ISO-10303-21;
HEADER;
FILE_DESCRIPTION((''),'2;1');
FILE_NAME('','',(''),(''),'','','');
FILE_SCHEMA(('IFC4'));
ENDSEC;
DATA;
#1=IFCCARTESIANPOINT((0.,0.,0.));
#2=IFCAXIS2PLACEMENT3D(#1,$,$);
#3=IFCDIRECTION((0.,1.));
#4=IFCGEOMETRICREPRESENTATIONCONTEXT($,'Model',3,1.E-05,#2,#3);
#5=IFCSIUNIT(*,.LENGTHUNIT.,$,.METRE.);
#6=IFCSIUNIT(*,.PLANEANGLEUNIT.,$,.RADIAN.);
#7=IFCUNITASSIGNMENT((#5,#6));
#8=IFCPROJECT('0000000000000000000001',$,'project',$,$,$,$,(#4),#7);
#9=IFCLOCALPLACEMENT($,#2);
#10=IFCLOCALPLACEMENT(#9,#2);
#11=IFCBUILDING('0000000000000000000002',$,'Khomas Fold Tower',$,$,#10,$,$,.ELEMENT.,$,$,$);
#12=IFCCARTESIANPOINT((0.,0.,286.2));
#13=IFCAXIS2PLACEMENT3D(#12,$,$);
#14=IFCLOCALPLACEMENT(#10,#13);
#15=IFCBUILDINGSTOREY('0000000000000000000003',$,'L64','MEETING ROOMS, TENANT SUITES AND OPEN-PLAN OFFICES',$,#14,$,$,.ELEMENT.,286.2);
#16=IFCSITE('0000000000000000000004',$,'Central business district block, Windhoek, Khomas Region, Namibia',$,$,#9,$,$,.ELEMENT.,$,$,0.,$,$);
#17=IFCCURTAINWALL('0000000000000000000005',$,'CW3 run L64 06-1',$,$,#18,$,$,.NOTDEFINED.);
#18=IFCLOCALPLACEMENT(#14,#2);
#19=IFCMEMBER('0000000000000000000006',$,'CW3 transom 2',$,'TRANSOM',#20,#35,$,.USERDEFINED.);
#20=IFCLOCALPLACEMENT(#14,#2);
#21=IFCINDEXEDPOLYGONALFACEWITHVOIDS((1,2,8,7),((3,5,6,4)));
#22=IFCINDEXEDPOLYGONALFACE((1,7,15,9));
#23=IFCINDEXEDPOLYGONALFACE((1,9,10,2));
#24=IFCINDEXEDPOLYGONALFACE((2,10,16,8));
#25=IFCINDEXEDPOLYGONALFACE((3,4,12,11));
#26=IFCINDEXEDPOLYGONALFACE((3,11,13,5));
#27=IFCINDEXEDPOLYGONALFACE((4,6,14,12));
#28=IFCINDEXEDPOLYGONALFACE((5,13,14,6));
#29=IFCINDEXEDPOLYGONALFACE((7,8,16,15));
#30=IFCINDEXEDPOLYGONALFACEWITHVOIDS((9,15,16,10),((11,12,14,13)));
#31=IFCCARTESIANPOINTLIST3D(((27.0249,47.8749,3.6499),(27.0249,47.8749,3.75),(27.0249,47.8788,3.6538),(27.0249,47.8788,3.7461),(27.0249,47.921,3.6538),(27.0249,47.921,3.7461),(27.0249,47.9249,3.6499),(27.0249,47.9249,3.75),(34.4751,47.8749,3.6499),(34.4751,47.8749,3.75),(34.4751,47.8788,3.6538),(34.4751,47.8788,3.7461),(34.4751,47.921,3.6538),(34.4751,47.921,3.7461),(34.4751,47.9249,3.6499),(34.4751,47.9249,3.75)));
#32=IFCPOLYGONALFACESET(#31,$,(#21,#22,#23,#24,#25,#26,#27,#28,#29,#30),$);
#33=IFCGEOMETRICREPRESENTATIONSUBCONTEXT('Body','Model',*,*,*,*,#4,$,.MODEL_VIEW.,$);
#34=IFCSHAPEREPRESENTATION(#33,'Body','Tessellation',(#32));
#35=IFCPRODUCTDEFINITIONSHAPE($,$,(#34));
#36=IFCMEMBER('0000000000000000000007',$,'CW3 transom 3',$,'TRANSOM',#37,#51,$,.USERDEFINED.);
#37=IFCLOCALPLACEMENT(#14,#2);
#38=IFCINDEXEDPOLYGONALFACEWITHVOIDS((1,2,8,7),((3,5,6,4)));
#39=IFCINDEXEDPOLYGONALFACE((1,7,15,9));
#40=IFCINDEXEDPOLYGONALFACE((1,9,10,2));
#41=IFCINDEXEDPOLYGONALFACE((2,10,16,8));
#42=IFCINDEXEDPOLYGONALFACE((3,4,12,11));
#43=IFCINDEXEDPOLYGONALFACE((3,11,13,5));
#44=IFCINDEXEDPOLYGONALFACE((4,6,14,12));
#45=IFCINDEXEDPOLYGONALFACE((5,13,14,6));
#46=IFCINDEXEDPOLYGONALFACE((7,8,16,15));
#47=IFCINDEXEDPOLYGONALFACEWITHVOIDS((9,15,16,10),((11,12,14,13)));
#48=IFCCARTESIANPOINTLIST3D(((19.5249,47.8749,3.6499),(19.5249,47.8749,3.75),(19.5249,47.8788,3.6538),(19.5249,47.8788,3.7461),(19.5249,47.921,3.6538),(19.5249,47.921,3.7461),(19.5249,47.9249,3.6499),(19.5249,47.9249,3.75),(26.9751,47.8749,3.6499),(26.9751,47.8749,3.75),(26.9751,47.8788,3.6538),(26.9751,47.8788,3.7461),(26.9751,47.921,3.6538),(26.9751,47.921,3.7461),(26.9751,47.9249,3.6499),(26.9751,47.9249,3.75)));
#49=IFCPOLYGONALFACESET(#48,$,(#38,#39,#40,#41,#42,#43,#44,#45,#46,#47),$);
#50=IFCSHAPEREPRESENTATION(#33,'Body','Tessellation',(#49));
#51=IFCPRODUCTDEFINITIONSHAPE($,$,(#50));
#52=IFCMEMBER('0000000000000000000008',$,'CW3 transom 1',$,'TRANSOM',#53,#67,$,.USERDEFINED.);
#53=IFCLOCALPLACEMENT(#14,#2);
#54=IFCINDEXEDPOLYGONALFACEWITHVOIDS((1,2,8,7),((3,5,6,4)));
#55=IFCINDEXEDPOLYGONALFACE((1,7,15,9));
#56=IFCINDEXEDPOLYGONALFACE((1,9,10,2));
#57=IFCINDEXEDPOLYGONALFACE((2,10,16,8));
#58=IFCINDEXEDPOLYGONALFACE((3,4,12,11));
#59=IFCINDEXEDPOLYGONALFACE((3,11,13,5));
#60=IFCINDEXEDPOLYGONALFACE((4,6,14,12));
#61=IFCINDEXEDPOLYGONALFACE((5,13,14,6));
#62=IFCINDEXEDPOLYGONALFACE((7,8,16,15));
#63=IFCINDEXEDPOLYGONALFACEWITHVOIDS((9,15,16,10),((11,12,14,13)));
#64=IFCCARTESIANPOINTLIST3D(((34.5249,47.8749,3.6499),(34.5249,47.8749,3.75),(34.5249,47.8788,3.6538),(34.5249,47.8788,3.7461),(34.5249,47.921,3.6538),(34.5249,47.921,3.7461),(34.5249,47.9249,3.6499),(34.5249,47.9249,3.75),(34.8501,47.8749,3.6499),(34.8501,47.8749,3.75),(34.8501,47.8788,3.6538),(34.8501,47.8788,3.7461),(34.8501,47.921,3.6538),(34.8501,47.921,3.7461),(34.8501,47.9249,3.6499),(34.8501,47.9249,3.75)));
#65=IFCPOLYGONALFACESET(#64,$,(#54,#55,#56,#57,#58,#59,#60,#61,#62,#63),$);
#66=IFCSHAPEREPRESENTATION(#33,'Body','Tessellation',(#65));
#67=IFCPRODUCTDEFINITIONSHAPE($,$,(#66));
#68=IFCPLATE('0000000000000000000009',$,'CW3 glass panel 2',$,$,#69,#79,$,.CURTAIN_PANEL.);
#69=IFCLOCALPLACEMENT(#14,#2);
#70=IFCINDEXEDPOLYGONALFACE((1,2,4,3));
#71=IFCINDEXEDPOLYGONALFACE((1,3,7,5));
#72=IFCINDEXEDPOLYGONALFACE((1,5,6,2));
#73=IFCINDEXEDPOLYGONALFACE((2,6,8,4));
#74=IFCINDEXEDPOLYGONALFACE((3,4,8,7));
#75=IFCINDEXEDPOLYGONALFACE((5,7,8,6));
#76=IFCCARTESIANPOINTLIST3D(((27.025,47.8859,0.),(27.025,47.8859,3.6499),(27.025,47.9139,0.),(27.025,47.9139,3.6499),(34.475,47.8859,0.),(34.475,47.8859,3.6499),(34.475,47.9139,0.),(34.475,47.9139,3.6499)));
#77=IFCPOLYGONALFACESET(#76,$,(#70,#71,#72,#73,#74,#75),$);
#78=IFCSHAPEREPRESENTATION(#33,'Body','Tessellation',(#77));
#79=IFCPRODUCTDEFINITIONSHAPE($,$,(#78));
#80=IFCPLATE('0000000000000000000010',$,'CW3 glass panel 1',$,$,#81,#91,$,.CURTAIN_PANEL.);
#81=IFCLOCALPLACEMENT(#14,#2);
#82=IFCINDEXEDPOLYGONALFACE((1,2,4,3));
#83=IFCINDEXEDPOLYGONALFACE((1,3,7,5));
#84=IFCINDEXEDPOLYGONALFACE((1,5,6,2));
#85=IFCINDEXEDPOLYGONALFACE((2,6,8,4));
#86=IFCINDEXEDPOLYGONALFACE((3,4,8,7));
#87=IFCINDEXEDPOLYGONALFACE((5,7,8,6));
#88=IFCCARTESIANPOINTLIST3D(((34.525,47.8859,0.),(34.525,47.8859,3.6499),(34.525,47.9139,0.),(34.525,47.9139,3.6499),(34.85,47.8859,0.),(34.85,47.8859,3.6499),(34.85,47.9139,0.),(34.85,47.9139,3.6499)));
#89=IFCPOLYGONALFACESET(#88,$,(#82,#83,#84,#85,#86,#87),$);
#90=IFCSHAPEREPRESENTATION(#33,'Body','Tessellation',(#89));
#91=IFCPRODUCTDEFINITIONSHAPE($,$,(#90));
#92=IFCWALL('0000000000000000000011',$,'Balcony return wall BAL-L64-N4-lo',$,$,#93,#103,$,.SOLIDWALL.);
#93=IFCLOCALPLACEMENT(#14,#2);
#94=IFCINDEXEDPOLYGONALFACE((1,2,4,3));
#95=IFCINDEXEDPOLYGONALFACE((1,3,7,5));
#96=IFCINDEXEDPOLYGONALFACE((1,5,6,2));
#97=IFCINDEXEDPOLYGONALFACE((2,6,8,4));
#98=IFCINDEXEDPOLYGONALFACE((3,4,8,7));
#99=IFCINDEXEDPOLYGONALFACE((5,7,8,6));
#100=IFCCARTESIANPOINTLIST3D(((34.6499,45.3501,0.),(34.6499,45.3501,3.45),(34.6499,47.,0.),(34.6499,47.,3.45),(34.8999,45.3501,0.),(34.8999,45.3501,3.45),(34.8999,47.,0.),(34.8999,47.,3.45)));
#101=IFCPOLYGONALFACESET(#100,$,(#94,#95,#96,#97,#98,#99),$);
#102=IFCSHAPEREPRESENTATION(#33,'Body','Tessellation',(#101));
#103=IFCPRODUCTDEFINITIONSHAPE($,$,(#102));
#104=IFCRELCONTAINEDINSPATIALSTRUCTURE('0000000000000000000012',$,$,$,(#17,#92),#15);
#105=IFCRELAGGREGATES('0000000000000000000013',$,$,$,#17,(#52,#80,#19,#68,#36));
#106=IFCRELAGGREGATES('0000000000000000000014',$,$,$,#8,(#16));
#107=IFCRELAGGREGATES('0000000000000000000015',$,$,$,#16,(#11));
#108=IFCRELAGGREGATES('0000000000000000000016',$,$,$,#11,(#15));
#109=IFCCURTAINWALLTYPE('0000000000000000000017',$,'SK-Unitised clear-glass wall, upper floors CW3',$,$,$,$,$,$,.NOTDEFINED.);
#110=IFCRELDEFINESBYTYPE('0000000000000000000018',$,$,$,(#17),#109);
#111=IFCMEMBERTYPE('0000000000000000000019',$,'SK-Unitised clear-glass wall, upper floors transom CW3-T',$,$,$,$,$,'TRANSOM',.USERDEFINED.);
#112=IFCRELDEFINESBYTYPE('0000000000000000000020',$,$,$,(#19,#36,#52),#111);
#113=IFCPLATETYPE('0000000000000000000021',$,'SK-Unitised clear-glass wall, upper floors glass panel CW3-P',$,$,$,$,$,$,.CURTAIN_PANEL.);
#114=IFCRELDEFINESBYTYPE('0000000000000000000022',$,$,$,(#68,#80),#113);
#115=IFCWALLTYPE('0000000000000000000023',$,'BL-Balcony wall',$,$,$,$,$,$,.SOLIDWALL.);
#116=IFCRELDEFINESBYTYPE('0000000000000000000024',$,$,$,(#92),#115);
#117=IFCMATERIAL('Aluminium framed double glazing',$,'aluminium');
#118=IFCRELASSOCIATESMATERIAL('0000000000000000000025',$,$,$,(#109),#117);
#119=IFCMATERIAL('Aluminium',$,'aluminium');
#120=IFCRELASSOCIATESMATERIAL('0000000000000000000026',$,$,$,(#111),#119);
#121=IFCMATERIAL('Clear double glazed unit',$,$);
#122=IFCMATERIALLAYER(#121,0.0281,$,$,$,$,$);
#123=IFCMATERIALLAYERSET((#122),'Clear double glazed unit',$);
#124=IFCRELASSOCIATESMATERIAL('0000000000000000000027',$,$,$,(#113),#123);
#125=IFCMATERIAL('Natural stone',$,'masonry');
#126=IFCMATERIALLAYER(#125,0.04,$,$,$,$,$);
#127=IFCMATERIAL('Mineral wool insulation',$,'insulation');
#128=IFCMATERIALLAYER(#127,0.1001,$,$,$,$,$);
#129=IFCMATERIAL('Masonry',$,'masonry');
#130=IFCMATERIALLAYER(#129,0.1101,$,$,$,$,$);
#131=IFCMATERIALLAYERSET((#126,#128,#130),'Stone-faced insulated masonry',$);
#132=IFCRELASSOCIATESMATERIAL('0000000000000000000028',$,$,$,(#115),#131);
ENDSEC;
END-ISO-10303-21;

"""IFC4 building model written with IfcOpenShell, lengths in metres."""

from ifc_helpers import new_model, si_unit, direction, frame, frame_2d, origin, origin_2d, place, context, subcontext, project, spatial, rectangle, hollow_rectangle, extrude, source, transform, mapped, material, layer, layer_set, material_profile, profile_set, type_object, element, aggregate, save


model = new_model("IFC4")

# Units and contexts
model_context = context("Model", 3, precision=1e-05, world=origin(), true_north=direction((0.0, 1.0)))
body_context = subcontext(model_context, "Body", "Model", "MODEL_VIEW")
ifc_project = project(units=[si_unit("LENGTHUNIT", "METRE"), si_unit("PLANEANGLEUNIT", "RADIAN")], contexts=[model_context])

# Site, building, storey
site_placement = place(None, origin())
site = spatial("IfcSite", under=ifc_project, at=site_placement, Name="Central business district block, Windhoek, Khomas Region, Namibia", CompositionType="ELEMENT", RefElevation=0.0)
building_placement = place(site_placement, origin())
building = spatial("IfcBuilding", under=site, at=building_placement, Name="Khomas Fold Tower", CompositionType="ELEMENT")
storey_placement = place(building_placement, frame((0.0, 0.0, 286.2)))
storey = spatial("IfcBuildingStorey", under=building, at=storey_placement, Name="L64", Description="MEETING ROOMS, TENANT SUITES AND OPEN-PLAN OFFICES", CompositionType="ELEMENT", Elevation=286.2)

# Curtain wall, members, plates
ifc_material_1 = material(Name="Aluminium framed double glazing", Category="aluminium")
curtain_wall_type = type_object("IfcCurtainWallType", Name="SK-Unitised clear-glass wall, upper floors CW3", PredefinedType="NOTDEFINED", material=ifc_material_1)
curtain_wall_placement = place(storey_placement, origin())
curtain_wall = element("IfcCurtainWall", 1, at=curtain_wall_placement, inside=storey, type_object=curtain_wall_type, Name="CW3 run L64 06-1", PredefinedType="NOTDEFINED")
ifc_material_2 = material(Name="Aluminium", Category="aluminium")
ifc_material_profile_1 = material_profile(ifc_material_2, hollow_rectangle(XDim=0.05, YDim=0.1001, WallThickness=0.0039, at=origin_2d()), Name="SK-Unitised clear-glass wall, upper floors transom CW3-T")
ifc_profile_set_1 = profile_set([ifc_material_profile_1], Name="Aluminium")
member_type_1 = type_object("IfcMemberType", Name="SK-Unitised clear-glass wall, upper floors transom CW3-T", ElementType="TRANSOM", PredefinedType="USERDEFINED", material=ifc_profile_set_1)
shared_shape_1 = source(origin(), body_context, "Body", "SweptSolid", [
    extrude(hollow_rectangle(XDim=0.05, YDim=0.1001, WallThickness=0.0039, at=origin_2d()), origin(), (0.0, 0.0, 1.0), 7.4502),
])
member_1_placement = place(storey_placement, frame((34.4751, 47.8999, 3.7), z_axis=(-1.0, 0.0, 0.0), x_axis=(0.0, -1.0, 0.0)))
member_1 = element("IfcMember", 2, at=member_1_placement, type_object=member_type_1, Name="CW3 transom 2", ObjectType="TRANSOM", PredefinedType="USERDEFINED", context=body_context, shape_type="MappedRepresentation", body=[
    mapped(shared_shape_1, transform((0.0, 0.0, 0.0))),
])
member_2_placement = place(storey_placement, frame((26.9751, 47.8999, 3.7), z_axis=(-1.0, 0.0, 0.0), x_axis=(0.0, -1.0, 0.0)))
member_2 = element("IfcMember", 3, at=member_2_placement, type_object=member_type_1, Name="CW3 transom 3", ObjectType="TRANSOM", PredefinedType="USERDEFINED", context=body_context, shape_type="MappedRepresentation", body=[
    mapped(shared_shape_1, transform((0.0, 0.0, 0.0))),
])
shared_shape_2 = source(origin(), body_context, "Body", "SweptSolid", [
    extrude(hollow_rectangle(XDim=0.05, YDim=0.1001, WallThickness=0.0039, at=origin_2d()), origin(), (0.0, 0.0, 1.0), 0.3252),
])
member_3_placement = place(storey_placement, frame((34.8501, 47.8999, 3.7), z_axis=(-1.0, 0.0, 0.0), x_axis=(0.0, -1.0, 0.0)))
member_3 = element("IfcMember", 4, at=member_3_placement, type_object=member_type_1, Name="CW3 transom 1", ObjectType="TRANSOM", PredefinedType="USERDEFINED", context=body_context, shape_type="MappedRepresentation", body=[
    mapped(shared_shape_2, transform((0.0, 0.0, 0.0))),
])
ifc_material_3 = material(Name="Clear double glazed unit")
ifc_layer_1 = layer(ifc_material_3, 0.0281)
ifc_layer_set_1 = layer_set([ifc_layer_1], Name="Clear double glazed unit")
plate_type = type_object("IfcPlateType", Name="SK-Unitised clear-glass wall, upper floors glass panel CW3-P", PredefinedType="CURTAIN_PANEL", material=ifc_layer_set_1)
shared_shape_3 = source(origin(), body_context, "Body", "SweptSolid", [
    extrude(rectangle(XDim=7.45, YDim=0.0281, at=origin_2d()), origin(), (0.0, 0.0, 1.0), 3.6499),
])
plate_1_placement = place(storey_placement, frame((30.75, 47.8999, 0.0), z_axis=(0.0, 0.0, 1.0), x_axis=(-1.0, 0.0, 0.0)))
plate_1 = element("IfcPlate", 5, at=plate_1_placement, type_object=plate_type, Name="CW3 glass panel 2", PredefinedType="CURTAIN_PANEL", context=body_context, shape_type="MappedRepresentation", body=[
    mapped(shared_shape_3, transform((0.0, 0.0, 0.0))),
])
shared_shape_4 = source(origin(), body_context, "Body", "SweptSolid", [
    extrude(rectangle(XDim=0.325, YDim=0.0281, at=origin_2d()), origin(), (0.0, 0.0, 1.0), 3.6499),
])
plate_2_placement = place(storey_placement, frame((34.6875, 47.8999, 0.0), z_axis=(0.0, 0.0, 1.0), x_axis=(-1.0, 0.0, 0.0)))
plate_2 = element("IfcPlate", 6, at=plate_2_placement, type_object=plate_type, Name="CW3 glass panel 1", PredefinedType="CURTAIN_PANEL", context=body_context, shape_type="MappedRepresentation", body=[
    mapped(shared_shape_4, transform((0.0, 0.0, 0.0))),
])
aggregate(curtain_wall, [member_3, plate_2, member_1, plate_1, member_2])

# Wall
ifc_material_4 = material(Name="Natural stone", Category="masonry")
ifc_layer_2 = layer(ifc_material_4, 0.04)
ifc_material_5 = material(Name="Mineral wool insulation", Category="insulation")
ifc_layer_3 = layer(ifc_material_5, 0.1001)
ifc_material_6 = material(Name="Masonry", Category="masonry")
ifc_layer_4 = layer(ifc_material_6, 0.1101)
ifc_layer_set_2 = layer_set([ifc_layer_2, ifc_layer_3, ifc_layer_4], Name="Stone-faced insulated masonry")
wall_type = type_object("IfcWallType", Name="BL-Balcony wall", PredefinedType="SOLIDWALL", material=ifc_layer_set_2)
shared_shape_5 = source(origin(), body_context, "Body", "SweptSolid", [
    extrude(rectangle(XDim=1.6499, YDim=0.25, at=frame_2d((0.825, 0.0))), origin(), (0.0, 0.0, 1.0), 3.45),
])
wall_placement = place(storey_placement, frame((34.7749, 47.0, 0.0), z_axis=(0.0, 0.0, 1.0), x_axis=(0.0, -1.0, 0.0)))
element("IfcWall", 7, at=wall_placement, inside=storey, type_object=wall_type, Name="Balcony return wall BAL-L64-N4-lo", PredefinedType="SOLIDWALL", context=body_context, shape_type="MappedRepresentation", body=[
    mapped(shared_shape_5, transform((0.0, 0.0, 0.0))),
])

save(model, "model.ifc")
